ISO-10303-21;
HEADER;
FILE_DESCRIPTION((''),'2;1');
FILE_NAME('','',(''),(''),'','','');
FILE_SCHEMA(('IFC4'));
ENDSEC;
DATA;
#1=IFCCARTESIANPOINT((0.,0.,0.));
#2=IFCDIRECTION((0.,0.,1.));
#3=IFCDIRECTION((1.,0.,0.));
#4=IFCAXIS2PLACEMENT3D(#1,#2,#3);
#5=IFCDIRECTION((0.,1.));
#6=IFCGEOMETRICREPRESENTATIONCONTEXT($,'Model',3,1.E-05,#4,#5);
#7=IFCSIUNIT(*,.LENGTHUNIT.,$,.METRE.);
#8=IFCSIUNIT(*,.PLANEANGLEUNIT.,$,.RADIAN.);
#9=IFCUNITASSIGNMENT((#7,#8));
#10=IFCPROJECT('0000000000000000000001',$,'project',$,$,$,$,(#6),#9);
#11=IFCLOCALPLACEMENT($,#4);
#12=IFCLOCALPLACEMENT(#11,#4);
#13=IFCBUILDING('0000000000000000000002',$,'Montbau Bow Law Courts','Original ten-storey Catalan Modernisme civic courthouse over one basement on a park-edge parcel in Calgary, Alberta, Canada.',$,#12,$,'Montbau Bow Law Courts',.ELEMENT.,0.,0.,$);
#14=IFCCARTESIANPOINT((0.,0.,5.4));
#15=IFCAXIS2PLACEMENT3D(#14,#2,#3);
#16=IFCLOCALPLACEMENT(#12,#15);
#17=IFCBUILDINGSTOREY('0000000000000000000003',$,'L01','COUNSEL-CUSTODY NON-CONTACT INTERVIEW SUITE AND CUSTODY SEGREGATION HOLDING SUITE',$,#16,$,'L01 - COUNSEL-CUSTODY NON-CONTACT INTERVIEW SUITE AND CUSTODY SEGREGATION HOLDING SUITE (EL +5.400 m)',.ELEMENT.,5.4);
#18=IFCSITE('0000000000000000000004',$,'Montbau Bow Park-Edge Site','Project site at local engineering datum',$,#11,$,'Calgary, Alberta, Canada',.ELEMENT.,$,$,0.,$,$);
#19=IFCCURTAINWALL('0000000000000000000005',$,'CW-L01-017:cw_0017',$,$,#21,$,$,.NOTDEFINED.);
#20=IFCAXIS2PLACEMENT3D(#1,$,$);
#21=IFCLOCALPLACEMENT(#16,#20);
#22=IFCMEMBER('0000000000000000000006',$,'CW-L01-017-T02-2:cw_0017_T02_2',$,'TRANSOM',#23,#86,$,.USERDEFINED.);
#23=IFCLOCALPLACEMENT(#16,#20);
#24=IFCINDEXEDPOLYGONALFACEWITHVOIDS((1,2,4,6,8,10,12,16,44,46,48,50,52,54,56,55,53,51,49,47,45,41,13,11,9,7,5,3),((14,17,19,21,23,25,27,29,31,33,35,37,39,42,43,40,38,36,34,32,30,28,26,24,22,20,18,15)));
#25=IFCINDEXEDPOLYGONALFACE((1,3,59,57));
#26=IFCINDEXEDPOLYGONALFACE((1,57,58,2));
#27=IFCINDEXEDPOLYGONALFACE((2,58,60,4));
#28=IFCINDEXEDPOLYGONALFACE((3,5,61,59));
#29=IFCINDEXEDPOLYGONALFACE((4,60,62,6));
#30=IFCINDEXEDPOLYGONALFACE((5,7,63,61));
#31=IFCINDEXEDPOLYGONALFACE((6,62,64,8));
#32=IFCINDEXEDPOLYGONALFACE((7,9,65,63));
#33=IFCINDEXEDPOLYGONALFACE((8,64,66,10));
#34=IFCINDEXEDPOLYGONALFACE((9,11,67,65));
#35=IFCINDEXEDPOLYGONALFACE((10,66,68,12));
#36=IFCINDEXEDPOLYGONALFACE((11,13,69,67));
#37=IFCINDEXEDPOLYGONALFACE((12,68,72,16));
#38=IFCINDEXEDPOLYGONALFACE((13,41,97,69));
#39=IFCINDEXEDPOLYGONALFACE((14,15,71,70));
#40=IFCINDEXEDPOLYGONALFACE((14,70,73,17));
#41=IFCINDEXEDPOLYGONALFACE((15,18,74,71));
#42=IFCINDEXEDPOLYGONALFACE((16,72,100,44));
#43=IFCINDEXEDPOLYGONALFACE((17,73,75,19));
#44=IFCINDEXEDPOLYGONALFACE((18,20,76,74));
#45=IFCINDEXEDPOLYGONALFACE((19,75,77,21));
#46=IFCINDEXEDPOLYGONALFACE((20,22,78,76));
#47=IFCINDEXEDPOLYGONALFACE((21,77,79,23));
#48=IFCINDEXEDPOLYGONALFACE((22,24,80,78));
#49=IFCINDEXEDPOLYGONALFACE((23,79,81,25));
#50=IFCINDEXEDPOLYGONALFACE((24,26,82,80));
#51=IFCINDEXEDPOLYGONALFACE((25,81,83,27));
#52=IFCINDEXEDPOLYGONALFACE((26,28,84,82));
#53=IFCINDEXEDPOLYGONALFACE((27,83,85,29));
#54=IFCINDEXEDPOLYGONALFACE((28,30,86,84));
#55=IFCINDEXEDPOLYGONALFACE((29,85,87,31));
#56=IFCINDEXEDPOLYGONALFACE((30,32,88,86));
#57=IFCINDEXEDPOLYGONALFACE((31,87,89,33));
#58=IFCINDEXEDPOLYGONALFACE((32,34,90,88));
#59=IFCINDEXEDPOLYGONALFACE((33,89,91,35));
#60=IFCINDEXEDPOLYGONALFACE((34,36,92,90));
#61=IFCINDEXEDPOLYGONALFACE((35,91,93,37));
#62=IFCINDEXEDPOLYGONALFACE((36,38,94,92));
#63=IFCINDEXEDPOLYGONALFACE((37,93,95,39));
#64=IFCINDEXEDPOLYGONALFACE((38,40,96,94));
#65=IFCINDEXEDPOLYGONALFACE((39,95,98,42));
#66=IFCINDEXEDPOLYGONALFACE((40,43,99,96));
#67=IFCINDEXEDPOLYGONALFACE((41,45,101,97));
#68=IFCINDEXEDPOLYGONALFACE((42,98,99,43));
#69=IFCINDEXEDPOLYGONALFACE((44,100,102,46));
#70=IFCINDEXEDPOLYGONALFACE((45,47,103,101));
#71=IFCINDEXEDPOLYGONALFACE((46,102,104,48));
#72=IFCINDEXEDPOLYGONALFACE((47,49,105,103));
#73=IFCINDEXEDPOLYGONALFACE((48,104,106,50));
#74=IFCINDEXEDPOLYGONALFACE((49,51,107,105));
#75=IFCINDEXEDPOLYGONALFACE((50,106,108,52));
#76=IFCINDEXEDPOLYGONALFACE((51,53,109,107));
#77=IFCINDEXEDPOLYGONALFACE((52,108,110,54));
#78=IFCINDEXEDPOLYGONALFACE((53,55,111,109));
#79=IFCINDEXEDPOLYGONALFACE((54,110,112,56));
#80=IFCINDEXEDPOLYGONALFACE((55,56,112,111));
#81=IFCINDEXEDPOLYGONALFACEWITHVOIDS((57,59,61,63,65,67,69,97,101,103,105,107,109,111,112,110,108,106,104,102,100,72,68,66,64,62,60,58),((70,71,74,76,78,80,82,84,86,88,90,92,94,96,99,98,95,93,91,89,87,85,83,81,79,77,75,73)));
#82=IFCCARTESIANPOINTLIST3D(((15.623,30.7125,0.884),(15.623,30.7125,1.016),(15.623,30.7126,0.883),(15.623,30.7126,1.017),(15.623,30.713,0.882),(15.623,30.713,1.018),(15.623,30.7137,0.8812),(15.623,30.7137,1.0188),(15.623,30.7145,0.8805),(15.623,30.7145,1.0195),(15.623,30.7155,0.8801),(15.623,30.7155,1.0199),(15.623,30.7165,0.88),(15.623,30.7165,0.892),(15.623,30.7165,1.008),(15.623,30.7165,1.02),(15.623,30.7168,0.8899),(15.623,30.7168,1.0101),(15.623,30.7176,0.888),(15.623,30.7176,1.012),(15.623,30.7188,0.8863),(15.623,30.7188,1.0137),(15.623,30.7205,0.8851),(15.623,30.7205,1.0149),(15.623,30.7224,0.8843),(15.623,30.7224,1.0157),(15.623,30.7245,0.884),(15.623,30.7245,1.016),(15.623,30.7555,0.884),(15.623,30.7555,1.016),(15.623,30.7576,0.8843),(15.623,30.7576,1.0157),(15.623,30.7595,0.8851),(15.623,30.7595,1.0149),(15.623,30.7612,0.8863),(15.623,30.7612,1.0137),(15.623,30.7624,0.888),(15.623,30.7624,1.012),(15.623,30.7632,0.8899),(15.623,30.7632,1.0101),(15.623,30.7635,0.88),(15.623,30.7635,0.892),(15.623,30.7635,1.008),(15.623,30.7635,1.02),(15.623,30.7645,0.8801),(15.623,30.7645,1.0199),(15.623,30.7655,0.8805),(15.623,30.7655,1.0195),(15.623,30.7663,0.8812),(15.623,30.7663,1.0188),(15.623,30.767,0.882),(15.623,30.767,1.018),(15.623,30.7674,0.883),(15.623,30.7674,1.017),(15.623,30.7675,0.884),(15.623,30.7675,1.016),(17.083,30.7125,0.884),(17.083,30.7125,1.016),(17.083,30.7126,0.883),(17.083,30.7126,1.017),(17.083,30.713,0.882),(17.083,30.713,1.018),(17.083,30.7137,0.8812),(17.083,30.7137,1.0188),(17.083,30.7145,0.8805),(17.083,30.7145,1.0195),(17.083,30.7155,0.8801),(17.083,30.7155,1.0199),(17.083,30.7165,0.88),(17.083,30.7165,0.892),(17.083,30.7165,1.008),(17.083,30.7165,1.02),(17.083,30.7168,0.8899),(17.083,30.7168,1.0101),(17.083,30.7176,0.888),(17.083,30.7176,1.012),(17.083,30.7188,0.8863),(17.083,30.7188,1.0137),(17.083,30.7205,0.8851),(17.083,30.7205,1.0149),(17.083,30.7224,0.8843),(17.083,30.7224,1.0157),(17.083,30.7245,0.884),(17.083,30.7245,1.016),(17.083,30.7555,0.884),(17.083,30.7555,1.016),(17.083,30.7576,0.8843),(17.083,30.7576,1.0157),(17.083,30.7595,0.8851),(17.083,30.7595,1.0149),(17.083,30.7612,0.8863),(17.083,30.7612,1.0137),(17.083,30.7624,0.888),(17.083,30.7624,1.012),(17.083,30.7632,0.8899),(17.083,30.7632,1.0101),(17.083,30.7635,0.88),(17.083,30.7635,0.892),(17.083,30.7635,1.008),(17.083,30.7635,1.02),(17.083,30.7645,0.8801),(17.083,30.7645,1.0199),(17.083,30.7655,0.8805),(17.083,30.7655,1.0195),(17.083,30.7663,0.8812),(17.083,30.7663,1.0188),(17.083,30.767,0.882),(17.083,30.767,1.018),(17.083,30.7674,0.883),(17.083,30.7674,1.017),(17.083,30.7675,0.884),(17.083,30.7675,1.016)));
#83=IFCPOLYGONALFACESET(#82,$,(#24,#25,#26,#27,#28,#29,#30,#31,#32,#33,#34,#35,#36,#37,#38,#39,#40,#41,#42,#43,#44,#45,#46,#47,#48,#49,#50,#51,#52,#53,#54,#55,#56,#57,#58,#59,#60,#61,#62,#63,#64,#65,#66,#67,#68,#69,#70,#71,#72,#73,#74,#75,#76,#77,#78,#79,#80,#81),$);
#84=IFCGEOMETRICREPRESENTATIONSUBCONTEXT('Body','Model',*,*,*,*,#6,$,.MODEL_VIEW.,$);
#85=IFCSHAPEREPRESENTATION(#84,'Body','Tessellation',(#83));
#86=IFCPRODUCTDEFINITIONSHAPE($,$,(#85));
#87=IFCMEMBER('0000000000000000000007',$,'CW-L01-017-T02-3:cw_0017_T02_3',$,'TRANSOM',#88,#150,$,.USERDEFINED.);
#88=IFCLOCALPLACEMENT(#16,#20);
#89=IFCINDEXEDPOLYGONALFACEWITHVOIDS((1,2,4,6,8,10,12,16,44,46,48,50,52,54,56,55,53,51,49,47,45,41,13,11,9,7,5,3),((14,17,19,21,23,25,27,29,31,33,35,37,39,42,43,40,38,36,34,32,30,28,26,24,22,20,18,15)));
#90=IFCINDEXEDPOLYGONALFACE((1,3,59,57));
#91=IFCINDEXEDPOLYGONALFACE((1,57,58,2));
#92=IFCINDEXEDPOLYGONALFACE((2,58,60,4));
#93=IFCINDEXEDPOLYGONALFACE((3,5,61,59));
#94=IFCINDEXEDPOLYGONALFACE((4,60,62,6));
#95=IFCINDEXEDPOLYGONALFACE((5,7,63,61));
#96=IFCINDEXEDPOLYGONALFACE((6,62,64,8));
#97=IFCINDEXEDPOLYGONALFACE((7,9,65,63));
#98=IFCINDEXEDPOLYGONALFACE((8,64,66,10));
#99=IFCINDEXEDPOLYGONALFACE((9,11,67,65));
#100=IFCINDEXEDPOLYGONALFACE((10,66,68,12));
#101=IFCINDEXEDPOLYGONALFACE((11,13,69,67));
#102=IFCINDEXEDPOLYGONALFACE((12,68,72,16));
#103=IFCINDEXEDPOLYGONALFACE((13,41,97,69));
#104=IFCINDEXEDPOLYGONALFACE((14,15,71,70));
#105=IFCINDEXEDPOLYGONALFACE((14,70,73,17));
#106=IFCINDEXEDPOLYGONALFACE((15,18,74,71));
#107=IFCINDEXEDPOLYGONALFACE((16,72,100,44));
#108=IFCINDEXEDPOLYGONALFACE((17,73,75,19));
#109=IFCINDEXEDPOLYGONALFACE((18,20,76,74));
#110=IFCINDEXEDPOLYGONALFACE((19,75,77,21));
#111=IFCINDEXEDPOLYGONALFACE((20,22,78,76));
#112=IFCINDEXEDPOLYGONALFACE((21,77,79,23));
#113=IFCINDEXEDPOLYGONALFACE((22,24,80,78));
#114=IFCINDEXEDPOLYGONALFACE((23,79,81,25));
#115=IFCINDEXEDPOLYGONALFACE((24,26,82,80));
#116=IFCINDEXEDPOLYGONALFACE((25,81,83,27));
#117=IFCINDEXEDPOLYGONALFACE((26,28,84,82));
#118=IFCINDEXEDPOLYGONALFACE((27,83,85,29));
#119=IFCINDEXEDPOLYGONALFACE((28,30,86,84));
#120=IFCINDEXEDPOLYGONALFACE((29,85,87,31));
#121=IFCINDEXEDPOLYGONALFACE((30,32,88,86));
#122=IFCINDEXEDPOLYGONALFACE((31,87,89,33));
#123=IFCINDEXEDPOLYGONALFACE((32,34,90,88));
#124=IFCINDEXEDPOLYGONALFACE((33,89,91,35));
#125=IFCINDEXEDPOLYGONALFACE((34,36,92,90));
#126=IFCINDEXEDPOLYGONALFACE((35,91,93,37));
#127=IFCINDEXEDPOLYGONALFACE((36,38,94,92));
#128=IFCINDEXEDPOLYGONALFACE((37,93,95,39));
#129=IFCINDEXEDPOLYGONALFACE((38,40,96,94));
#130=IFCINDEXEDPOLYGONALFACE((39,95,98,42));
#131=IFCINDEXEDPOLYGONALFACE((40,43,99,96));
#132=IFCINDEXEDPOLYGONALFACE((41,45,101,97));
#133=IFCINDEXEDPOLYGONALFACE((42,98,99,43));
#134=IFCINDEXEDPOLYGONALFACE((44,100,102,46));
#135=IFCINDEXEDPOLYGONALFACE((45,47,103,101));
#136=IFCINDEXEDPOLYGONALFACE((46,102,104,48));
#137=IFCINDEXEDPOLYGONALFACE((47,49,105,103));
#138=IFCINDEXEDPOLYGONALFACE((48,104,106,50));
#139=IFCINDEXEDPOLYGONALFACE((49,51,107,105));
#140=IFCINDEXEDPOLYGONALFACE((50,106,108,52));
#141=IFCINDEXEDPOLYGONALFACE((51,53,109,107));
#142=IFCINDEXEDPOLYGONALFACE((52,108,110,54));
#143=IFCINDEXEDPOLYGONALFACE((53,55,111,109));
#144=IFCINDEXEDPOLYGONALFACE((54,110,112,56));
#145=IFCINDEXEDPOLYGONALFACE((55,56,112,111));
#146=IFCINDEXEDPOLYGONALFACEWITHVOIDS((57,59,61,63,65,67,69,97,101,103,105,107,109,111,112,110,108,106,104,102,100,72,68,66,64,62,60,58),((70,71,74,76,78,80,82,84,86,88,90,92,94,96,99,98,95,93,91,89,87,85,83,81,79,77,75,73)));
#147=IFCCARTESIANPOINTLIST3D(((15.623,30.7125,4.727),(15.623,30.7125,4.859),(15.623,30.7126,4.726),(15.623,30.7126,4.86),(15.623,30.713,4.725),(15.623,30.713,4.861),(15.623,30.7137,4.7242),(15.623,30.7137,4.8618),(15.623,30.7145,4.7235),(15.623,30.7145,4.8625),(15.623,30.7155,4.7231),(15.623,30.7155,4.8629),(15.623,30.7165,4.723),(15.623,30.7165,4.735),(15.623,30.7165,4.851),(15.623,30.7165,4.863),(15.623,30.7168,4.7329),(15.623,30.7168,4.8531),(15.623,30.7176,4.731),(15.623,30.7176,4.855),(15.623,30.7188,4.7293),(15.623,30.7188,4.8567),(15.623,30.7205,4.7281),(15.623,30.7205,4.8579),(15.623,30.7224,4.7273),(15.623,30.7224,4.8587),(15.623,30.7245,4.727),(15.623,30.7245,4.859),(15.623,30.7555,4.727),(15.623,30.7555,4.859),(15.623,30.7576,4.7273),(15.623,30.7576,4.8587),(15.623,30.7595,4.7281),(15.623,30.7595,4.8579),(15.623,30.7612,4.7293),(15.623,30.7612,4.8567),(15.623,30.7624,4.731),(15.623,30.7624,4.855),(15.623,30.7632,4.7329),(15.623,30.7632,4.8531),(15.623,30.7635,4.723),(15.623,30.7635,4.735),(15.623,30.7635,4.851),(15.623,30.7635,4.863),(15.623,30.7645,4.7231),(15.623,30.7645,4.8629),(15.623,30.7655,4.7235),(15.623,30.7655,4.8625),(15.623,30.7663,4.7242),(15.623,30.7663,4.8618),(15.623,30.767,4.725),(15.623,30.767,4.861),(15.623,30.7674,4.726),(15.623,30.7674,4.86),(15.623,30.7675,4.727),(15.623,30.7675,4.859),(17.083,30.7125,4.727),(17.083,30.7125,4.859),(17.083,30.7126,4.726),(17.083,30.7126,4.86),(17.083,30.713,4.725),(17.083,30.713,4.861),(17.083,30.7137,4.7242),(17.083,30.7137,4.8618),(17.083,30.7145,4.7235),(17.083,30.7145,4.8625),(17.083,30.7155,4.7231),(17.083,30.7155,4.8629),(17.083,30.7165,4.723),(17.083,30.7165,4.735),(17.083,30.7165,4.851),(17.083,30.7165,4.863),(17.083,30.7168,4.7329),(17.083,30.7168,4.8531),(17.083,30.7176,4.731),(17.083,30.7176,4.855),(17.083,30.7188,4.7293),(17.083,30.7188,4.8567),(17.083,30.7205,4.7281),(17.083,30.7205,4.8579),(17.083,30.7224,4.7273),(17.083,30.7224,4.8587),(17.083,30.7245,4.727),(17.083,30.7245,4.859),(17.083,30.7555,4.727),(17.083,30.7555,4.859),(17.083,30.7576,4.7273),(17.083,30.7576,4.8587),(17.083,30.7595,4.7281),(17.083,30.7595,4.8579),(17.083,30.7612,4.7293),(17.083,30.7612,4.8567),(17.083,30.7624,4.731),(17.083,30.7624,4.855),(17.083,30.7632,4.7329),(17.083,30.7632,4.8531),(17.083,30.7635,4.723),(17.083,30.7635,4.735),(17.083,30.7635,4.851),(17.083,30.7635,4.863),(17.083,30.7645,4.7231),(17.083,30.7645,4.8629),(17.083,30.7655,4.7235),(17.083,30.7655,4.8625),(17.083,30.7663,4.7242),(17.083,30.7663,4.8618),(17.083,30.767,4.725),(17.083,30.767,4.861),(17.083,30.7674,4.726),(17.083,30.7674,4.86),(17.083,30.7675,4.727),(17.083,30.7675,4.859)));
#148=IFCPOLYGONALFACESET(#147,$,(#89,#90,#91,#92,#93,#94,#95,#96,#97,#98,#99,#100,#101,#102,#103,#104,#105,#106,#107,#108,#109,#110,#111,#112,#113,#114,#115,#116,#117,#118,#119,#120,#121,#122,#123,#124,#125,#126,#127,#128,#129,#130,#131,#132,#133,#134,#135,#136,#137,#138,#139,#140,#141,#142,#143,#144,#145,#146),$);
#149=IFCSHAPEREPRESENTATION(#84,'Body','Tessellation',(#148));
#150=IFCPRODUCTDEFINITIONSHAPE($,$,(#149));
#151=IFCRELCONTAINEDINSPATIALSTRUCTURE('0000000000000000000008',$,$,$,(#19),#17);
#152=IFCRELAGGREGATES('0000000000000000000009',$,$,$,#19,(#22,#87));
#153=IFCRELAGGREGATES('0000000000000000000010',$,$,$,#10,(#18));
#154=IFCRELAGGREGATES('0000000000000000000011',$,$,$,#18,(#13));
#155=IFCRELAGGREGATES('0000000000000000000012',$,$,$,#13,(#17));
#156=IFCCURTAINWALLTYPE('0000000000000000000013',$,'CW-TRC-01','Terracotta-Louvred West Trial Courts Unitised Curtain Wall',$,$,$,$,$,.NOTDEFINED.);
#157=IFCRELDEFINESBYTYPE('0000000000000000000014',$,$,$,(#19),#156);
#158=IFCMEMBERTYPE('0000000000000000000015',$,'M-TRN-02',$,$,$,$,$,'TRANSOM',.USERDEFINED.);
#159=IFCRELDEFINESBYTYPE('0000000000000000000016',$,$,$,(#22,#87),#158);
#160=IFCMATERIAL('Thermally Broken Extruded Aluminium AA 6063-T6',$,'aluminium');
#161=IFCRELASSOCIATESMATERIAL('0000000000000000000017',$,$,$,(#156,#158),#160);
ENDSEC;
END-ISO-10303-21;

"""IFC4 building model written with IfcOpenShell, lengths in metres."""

from ifc_helpers import new_model, si_unit, direction, frame, origin_with_axes, origin_2d_with_axis, place, context, subcontext, project, spatial, hollow_rectangle, extrude, material, material_profile, profile_set, type_object, element, aggregate, save


model = new_model("IFC4")

# Units and contexts
model_context = context("Model", 3, precision=1e-05, world=origin_with_axes(), true_north=direction((0.0, 1.0)))
body_context = subcontext(model_context, "Body", "Model", "MODEL_VIEW")
ifc_project = project(units=[si_unit("LENGTHUNIT", "METRE"), si_unit("PLANEANGLEUNIT", "RADIAN")], contexts=[model_context])

# Site, building, storey
site_placement = place(None, origin_with_axes())
site = spatial("IfcSite", under=ifc_project, at=site_placement, Name="Montbau Bow Park-Edge Site", Description="Project site at local engineering datum", LongName="Calgary, Alberta, Canada", CompositionType="ELEMENT", RefElevation=0.0)
building_placement = place(site_placement, origin_with_axes())
building = spatial("IfcBuilding", under=site, at=building_placement, Name="Montbau Bow Law Courts", Description="Original ten-storey Catalan Modernisme civic courthouse over one basement on a park-edge parcel in Calgary, Alberta, Canada.", LongName="Montbau Bow Law Courts", CompositionType="ELEMENT", ElevationOfRefHeight=0.0, ElevationOfTerrain=0.0)
storey_placement = place(building_placement, frame((0.0, 0.0, 5.4), z_axis=(0.0, 0.0, 1.0), x_axis=(1.0, 0.0, 0.0)))
storey = spatial("IfcBuildingStorey", under=building, at=storey_placement, Name="L01", Description="COUNSEL-CUSTODY NON-CONTACT INTERVIEW SUITE AND CUSTODY SEGREGATION HOLDING SUITE", LongName="L01 - COUNSEL-CUSTODY NON-CONTACT INTERVIEW SUITE AND CUSTODY SEGREGATION HOLDING SUITE (EL +5.400 m)", CompositionType="ELEMENT", Elevation=5.4)

# Curtain wall, members
ifc_material_1 = material(Name="Thermally Broken Extruded Aluminium AA 6063-T6", Category="aluminium")
curtain_wall_type = type_object("IfcCurtainWallType", Name="CW-TRC-01", Description="Terracotta-Louvred West Trial Courts Unitised Curtain Wall", PredefinedType="NOTDEFINED", material=ifc_material_1)
curtain_wall_placement = place(None, frame((14.068, 30.74, 5.4), z_axis=(0.0, 0.0, 1.0), x_axis=(1.0, 0.0, 0.0)))
curtain_wall = element("IfcCurtainWall", 1, at=curtain_wall_placement, inside=storey, type_object=curtain_wall_type, Name="CW-L01-017:cw_0017", PredefinedType="NOTDEFINED")
ifc_material_profile_1 = material_profile(ifc_material_1, hollow_rectangle(XDim=0.055, YDim=0.14, WallThickness=0.004, InnerFilletRadius=0.008, OuterFilletRadius=0.004, at=origin_2d_with_axis()), Name="CWT-140X55", Category="Main", Priority=0)
ifc_profile_set_1 = profile_set([ifc_material_profile_1], Name="Thermally Broken Extruded Aluminium AA 6063-T6")
member_type_1 = type_object("IfcMemberType", Name="M-TRN-02", ElementType="TRANSOM", PredefinedType="USERDEFINED", material=ifc_profile_set_1)
member_1_placement = place(None, frame((15.623, 30.74, 6.35), z_axis=(1.0, 0.0, 0.0), x_axis=(0.0, 1.0, 0.0)))
member_1 = element("IfcMember", 2, at=member_1_placement, type_object=member_type_1, Name="CW-L01-017-T02-2:cw_0017_T02_2", ObjectType="TRANSOM", PredefinedType="USERDEFINED", context=body_context, shape_type="SweptSolid", body=[
    extrude(hollow_rectangle(XDim=0.055, YDim=0.14, WallThickness=0.004, InnerFilletRadius=0.008, OuterFilletRadius=0.004, at=origin_2d_with_axis()), origin_with_axes(), (0.0, 0.0, 1.0), 1.46),
])
member_2_placement = place(None, frame((15.623, 30.74, 10.193), z_axis=(1.0, 0.0, 0.0), x_axis=(0.0, 1.0, 0.0)))
member_2 = element("IfcMember", 3, at=member_2_placement, type_object=member_type_1, Name="CW-L01-017-T02-3:cw_0017_T02_3", ObjectType="TRANSOM", PredefinedType="USERDEFINED", context=body_context, shape_type="SweptSolid", body=[
    extrude(hollow_rectangle(XDim=0.055, YDim=0.14, WallThickness=0.004, InnerFilletRadius=0.008, OuterFilletRadius=0.004, at=origin_2d_with_axis()), origin_with_axes(), (0.0, 0.0, 1.0), 1.46),
])
aggregate(curtain_wall, [member_1, member_2])

save(model, "model.ifc")
